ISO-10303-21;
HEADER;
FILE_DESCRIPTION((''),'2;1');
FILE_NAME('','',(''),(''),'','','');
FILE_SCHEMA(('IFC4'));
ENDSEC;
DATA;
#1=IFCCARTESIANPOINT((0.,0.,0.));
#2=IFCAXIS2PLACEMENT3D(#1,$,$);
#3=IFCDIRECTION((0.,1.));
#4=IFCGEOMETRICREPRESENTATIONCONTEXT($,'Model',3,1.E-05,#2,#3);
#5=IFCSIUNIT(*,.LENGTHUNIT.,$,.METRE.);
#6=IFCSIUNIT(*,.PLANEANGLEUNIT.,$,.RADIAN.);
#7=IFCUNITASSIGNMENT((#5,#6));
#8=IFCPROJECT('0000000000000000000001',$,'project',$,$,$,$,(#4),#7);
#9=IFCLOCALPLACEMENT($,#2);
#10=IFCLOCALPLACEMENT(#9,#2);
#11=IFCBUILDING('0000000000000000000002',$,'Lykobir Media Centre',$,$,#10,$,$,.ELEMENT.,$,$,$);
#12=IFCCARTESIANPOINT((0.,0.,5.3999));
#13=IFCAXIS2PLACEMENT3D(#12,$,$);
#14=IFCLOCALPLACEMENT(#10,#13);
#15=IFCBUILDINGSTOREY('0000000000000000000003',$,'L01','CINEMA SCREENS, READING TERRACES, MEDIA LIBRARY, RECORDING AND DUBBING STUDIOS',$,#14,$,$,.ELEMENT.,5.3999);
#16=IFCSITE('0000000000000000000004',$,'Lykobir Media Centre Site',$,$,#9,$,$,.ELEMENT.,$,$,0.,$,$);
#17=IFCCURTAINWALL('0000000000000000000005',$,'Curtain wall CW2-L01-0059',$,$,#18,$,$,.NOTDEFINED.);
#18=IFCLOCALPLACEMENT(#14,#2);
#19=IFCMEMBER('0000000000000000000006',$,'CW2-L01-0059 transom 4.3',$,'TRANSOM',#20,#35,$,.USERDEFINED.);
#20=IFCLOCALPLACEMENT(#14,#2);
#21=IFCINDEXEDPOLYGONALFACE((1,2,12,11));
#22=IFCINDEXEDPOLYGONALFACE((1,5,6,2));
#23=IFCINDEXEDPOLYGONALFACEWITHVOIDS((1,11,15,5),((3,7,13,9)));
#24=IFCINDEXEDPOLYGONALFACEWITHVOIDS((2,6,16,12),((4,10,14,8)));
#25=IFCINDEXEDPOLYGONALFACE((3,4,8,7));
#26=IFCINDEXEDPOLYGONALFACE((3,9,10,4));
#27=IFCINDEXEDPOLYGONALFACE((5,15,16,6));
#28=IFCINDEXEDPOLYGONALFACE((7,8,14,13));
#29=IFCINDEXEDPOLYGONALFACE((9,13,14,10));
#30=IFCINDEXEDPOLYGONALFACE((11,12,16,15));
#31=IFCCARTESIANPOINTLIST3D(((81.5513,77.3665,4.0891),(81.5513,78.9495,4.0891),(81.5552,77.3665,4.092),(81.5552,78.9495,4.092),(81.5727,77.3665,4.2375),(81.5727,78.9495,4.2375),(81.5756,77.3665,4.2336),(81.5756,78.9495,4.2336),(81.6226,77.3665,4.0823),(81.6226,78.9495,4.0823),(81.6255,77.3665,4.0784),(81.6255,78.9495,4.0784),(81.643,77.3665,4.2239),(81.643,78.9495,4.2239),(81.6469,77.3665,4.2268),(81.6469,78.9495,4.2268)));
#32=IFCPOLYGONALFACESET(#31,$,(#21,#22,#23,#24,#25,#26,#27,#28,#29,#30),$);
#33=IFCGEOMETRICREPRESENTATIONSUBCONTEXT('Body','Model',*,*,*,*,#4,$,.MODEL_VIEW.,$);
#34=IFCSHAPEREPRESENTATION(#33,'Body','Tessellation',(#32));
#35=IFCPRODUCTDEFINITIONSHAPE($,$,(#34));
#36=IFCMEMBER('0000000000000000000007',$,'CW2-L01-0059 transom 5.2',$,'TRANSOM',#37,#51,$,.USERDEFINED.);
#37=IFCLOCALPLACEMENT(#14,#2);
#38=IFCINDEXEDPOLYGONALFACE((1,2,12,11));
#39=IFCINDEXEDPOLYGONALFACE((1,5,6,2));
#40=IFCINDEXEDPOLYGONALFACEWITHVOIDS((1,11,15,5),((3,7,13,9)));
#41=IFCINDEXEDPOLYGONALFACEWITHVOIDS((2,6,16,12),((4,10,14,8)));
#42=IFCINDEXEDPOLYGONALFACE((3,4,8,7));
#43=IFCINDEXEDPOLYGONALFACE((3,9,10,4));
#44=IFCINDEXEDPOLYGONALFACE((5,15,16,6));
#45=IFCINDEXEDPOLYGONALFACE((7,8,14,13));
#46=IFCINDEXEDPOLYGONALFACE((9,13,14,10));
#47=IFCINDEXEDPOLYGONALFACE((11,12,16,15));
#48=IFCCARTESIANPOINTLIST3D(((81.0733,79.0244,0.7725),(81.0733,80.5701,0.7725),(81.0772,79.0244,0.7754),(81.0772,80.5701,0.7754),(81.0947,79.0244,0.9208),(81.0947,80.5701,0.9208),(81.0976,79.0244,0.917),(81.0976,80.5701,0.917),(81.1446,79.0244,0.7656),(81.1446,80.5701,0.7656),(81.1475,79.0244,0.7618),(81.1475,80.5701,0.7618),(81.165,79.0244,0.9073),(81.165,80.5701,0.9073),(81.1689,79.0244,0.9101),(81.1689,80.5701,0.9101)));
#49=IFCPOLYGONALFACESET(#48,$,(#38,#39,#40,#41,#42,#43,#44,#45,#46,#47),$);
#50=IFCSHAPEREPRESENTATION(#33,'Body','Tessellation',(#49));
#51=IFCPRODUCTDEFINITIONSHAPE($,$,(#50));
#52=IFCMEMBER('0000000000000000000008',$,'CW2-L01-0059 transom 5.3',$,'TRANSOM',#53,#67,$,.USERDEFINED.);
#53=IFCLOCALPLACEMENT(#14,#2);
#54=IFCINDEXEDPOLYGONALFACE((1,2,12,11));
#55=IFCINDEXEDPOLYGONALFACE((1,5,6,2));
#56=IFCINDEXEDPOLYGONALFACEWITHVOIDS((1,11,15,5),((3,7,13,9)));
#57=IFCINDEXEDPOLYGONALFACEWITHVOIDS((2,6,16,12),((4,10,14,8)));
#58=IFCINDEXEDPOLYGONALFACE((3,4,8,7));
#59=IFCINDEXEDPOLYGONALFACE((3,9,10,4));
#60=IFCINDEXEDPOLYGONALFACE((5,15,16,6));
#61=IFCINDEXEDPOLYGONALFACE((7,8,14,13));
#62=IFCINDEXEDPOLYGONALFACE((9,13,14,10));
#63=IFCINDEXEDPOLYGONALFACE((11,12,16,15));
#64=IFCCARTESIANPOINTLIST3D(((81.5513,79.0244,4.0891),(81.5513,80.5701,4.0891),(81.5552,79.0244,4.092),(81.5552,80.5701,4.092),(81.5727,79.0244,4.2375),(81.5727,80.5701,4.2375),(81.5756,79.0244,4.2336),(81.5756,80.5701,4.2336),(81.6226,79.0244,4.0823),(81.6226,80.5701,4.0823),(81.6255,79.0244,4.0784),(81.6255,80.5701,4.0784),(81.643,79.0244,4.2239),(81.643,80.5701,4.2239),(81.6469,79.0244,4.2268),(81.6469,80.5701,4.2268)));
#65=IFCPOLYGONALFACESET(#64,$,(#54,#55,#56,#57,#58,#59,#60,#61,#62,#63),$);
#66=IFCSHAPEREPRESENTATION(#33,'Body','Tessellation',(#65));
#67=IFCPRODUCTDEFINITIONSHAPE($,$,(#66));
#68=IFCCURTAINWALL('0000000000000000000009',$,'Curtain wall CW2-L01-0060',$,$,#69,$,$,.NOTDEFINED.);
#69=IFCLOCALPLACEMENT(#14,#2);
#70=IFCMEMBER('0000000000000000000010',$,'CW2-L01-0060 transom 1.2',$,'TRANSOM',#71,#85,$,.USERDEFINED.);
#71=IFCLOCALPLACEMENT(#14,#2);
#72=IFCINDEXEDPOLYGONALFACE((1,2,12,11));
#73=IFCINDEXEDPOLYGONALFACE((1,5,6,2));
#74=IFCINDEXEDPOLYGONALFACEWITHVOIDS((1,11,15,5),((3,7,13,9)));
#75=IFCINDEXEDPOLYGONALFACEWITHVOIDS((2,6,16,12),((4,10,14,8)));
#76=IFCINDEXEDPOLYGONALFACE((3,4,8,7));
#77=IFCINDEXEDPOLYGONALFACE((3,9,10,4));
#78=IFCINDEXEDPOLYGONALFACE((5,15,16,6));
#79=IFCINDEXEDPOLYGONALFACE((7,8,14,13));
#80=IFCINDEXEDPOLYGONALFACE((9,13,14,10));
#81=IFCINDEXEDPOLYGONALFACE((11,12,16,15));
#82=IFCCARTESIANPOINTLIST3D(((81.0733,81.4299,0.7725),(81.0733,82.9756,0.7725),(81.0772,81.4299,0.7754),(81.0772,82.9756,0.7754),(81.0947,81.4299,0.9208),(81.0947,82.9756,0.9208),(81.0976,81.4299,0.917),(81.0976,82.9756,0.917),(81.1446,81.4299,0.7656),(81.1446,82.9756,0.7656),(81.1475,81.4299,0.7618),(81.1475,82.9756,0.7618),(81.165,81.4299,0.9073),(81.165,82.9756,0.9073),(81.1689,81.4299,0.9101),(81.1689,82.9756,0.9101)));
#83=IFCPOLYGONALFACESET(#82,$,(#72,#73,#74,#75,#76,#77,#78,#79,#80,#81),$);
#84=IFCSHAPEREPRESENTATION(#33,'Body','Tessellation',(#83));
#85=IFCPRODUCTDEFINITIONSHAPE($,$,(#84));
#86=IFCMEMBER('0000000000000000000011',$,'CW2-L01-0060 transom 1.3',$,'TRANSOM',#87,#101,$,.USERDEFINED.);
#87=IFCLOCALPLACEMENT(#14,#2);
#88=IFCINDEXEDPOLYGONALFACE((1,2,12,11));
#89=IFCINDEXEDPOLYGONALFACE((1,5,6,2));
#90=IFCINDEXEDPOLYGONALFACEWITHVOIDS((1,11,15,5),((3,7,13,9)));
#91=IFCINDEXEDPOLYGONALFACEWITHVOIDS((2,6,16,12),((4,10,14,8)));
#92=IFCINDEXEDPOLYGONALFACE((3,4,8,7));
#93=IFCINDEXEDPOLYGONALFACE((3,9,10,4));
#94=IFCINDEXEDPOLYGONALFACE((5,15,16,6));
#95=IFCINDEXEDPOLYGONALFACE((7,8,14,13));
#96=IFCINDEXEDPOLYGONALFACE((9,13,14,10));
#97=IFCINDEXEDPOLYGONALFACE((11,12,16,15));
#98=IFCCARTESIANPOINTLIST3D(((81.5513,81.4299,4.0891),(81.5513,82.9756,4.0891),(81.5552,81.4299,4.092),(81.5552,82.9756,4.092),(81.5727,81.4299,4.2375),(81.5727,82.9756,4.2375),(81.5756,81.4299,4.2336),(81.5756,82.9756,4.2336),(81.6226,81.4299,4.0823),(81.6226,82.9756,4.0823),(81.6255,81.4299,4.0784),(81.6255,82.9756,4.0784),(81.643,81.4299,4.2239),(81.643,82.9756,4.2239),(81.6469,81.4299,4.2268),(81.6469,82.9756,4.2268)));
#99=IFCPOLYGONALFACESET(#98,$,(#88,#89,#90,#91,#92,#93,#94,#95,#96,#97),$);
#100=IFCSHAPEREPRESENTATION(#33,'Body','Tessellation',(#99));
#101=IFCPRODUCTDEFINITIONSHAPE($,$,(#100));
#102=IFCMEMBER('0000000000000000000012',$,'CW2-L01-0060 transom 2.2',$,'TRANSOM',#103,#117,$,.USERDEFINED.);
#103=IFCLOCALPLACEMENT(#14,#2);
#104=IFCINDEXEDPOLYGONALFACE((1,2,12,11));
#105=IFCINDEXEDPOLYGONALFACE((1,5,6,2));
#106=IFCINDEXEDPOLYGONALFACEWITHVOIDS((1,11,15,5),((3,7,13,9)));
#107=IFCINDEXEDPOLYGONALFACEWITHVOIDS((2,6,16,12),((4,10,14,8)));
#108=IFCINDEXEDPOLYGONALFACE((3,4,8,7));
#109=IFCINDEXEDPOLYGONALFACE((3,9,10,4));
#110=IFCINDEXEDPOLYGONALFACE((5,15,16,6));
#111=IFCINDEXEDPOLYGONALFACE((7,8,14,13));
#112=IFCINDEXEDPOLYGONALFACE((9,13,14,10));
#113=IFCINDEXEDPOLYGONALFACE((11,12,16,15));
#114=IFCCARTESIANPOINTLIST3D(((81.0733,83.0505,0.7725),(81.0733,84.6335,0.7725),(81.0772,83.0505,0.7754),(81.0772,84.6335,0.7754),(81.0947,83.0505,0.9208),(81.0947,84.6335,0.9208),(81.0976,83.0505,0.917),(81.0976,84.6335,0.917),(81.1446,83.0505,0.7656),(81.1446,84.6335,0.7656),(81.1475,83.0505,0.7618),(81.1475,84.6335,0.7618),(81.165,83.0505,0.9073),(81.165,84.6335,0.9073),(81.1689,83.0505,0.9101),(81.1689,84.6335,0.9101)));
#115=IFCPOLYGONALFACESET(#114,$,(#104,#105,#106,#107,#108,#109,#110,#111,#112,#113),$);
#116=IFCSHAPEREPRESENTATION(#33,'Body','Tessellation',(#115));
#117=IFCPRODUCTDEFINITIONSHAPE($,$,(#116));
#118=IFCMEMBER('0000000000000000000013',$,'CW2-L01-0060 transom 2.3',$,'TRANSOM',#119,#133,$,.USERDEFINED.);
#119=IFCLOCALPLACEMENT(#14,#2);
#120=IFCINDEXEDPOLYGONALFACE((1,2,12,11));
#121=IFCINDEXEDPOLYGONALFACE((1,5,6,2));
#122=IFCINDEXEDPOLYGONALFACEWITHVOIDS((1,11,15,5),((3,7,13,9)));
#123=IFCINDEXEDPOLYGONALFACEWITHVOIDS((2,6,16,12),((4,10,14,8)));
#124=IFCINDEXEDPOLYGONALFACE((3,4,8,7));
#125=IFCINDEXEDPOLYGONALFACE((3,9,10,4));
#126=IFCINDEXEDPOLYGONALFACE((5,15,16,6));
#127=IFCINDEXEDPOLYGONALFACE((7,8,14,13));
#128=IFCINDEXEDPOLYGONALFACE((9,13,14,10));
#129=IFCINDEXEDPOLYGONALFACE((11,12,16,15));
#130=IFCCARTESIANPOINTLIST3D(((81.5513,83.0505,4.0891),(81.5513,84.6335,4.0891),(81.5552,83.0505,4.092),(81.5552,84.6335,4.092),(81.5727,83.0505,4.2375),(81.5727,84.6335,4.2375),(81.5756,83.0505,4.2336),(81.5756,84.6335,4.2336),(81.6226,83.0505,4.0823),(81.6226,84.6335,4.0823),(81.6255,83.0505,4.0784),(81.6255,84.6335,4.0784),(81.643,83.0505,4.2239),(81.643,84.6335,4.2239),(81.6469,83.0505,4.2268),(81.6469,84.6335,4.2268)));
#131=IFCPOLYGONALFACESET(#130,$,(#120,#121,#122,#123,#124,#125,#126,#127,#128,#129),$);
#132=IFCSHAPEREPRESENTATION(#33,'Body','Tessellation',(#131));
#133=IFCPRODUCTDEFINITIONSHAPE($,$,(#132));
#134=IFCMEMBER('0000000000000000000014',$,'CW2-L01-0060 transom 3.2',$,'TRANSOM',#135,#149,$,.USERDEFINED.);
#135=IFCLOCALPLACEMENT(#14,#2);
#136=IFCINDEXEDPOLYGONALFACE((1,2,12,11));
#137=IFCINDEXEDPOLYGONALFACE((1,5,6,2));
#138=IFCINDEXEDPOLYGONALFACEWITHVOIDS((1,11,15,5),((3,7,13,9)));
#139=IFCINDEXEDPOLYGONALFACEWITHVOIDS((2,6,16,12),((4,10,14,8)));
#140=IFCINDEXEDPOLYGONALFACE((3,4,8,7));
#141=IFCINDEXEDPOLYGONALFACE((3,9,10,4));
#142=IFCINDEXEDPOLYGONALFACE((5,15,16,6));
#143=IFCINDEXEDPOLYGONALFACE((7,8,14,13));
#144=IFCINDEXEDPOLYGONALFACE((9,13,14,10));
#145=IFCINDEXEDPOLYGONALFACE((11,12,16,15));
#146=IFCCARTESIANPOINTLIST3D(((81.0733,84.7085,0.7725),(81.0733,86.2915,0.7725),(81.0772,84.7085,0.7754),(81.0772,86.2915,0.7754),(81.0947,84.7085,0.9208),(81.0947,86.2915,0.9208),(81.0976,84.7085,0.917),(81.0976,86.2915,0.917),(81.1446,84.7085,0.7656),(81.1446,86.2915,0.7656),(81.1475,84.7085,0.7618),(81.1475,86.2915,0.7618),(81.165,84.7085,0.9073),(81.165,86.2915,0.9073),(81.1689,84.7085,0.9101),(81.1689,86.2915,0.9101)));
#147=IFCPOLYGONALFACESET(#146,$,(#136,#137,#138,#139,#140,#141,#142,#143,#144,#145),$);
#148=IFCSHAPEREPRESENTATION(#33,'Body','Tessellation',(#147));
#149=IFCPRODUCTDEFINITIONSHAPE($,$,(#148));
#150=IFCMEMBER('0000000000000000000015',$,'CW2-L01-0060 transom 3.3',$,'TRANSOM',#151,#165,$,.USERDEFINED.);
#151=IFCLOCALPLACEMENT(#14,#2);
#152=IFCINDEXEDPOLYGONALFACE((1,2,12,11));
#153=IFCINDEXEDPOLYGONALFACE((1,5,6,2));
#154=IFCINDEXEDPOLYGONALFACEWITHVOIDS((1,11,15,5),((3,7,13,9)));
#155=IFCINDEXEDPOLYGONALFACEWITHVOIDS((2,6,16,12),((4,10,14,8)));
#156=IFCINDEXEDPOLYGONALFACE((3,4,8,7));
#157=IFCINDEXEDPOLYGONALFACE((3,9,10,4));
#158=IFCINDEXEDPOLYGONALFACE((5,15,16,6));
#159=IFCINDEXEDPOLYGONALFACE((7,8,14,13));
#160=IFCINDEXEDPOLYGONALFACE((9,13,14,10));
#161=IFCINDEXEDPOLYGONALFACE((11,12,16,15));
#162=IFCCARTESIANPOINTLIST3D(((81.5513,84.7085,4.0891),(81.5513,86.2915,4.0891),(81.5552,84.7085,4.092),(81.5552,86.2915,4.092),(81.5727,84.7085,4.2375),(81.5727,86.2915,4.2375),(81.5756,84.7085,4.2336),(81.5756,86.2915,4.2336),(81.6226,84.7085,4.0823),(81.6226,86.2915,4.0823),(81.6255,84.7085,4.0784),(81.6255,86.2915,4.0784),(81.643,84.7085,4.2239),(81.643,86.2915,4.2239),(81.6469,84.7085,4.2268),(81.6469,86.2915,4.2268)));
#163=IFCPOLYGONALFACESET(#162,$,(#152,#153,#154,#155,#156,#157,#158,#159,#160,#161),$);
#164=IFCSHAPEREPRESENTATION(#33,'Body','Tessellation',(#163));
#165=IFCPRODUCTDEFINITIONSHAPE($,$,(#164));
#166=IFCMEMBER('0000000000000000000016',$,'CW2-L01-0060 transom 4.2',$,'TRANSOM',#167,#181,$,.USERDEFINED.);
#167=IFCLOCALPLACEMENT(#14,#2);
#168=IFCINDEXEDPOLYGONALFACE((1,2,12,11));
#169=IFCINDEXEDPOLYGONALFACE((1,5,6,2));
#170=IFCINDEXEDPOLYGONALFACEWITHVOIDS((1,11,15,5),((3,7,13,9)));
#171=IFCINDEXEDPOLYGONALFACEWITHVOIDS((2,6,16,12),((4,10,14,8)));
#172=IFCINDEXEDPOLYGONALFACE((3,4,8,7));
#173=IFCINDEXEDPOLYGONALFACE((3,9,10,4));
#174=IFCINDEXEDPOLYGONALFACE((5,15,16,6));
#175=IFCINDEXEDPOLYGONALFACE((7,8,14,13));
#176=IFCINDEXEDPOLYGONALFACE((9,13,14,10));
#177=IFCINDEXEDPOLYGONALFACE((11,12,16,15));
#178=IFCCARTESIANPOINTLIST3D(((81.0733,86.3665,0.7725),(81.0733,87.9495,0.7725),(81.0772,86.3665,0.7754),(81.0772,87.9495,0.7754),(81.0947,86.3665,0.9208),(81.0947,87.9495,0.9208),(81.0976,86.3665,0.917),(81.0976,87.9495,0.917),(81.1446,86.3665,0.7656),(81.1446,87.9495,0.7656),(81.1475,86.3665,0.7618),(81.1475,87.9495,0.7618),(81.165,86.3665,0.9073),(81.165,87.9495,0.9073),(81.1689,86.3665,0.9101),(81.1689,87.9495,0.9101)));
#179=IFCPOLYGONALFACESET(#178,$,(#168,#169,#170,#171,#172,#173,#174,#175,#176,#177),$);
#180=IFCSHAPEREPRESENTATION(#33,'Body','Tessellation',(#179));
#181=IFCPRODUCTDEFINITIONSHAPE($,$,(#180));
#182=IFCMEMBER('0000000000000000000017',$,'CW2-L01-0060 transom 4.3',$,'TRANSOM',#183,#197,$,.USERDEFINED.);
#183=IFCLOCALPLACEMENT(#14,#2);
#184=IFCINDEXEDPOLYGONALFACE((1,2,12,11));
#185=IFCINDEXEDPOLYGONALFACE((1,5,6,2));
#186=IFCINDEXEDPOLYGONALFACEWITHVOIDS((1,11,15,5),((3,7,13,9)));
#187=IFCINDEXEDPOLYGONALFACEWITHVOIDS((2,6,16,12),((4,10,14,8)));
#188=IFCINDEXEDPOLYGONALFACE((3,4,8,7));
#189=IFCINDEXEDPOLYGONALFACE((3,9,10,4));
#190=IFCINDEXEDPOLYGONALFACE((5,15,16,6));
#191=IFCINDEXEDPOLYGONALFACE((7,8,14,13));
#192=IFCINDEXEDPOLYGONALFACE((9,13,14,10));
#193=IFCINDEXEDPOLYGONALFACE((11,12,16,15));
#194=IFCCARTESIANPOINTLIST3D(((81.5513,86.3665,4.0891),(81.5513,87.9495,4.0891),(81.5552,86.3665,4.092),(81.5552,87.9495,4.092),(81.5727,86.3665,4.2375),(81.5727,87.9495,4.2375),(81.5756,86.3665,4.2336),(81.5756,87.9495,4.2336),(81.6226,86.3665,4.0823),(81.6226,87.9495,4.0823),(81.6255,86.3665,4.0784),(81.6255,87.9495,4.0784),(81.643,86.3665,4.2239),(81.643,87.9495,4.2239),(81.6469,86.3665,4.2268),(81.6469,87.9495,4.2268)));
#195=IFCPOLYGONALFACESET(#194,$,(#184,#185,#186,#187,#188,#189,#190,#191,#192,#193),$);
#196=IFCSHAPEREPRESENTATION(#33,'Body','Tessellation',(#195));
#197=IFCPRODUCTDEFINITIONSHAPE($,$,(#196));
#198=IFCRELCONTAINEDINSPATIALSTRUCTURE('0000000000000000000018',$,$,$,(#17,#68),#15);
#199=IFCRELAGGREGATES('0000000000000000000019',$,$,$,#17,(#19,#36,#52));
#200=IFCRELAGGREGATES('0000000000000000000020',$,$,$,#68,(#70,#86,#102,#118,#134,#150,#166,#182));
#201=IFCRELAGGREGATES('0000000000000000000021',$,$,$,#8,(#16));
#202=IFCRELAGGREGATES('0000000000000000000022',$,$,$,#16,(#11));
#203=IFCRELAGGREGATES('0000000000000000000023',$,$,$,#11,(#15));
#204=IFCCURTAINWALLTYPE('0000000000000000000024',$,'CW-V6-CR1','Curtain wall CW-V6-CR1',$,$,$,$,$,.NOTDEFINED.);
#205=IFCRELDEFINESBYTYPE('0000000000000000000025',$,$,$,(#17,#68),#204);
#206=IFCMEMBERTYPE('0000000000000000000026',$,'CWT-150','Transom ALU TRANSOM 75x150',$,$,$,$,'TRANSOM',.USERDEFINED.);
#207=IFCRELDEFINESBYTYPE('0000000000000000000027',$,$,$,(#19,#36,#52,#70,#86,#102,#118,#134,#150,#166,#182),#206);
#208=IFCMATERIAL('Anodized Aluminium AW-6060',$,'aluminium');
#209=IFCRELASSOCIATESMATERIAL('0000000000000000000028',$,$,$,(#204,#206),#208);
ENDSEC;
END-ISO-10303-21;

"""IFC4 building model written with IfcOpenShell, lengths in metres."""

from ifc_helpers import new_model, si_unit, direction, frame, origin, origin_2d, place, context, subcontext, project, spatial, hollow_rectangle, extrude, material, material_profile, profile_set, type_object, element, aggregate, save


model = new_model("IFC4")

# Units and contexts
model_context = context("Model", 3, precision=1e-05, world=origin(), true_north=direction((0.0, 1.0)))
body_context = subcontext(model_context, "Body", "Model", "MODEL_VIEW")
ifc_project = project(units=[si_unit("LENGTHUNIT", "METRE"), si_unit("PLANEANGLEUNIT", "RADIAN")], contexts=[model_context])

# Site, building, storey
site_placement = place(None, origin())
site = spatial("IfcSite", under=ifc_project, at=site_placement, Name="Lykobir Media Centre Site", CompositionType="ELEMENT", RefElevation=0.0)
building_placement = place(site_placement, origin())
building = spatial("IfcBuilding", under=site, at=building_placement, Name="Lykobir Media Centre", CompositionType="ELEMENT")
storey_placement = place(building_placement, frame((0.0, 0.0, 5.3999)))
storey = spatial("IfcBuildingStorey", under=building, at=storey_placement, Name="L01", Description="CINEMA SCREENS, READING TERRACES, MEDIA LIBRARY, RECORDING AND DUBBING STUDIOS", CompositionType="ELEMENT", Elevation=5.3999)

# Curtain walls, members
ifc_material_1 = material(Name="Anodized Aluminium AW-6060", Category="aluminium")
curtain_wall_type = type_object("IfcCurtainWallType", Name="CW-V6-CR1", Description="Curtain wall CW-V6-CR1", PredefinedType="NOTDEFINED", material=ifc_material_1)
curtain_wall_1_placement = place(storey_placement, origin())
curtain_wall_1 = element("IfcCurtainWall", 1, at=curtain_wall_1_placement, inside=storey, type_object=curtain_wall_type, Name="Curtain wall CW2-L01-0059", PredefinedType="NOTDEFINED")
ifc_material_profile = material_profile(ifc_material_1, hollow_rectangle(XDim=0.075, YDim=0.1499, WallThickness=0.0034, at=origin_2d()), Name="ALU TRANSOM 75x150")
ifc_profile_set = profile_set([ifc_material_profile], Name="Anodized Aluminium AW-6060")
member_type = type_object("IfcMemberType", Name="CWT-150", Description="Transom ALU TRANSOM 75x150", ElementType="TRANSOM", PredefinedType="USERDEFINED", material=ifc_profile_set)
member_1_placement = place(storey_placement, frame((81.5991, 77.3665, 4.158), z_axis=(0.0, 1.0, 0.0), x_axis=(-0.989776, 0.0, 0.142629)))
member_1 = element("IfcMember", 2, at=member_1_placement, type_object=member_type, Name="CW2-L01-0059 transom 4.3", ObjectType="TRANSOM", PredefinedType="USERDEFINED", context=body_context, shape_type="SweptSolid", body=[
    extrude(hollow_rectangle(XDim=0.075, YDim=0.1499, WallThickness=0.0034, at=origin_2d()), origin(), (0.0, 0.0, 1.0), 1.583),
])
member_2_placement = place(storey_placement, frame((81.1211, 79.0244, 0.8413), z_axis=(0.0, 1.0, 0.0), x_axis=(-0.989776, 0.0, 0.142629)))
member_2 = element("IfcMember", 3, at=member_2_placement, type_object=member_type, Name="CW2-L01-0059 transom 5.2", ObjectType="TRANSOM", PredefinedType="USERDEFINED", context=body_context, shape_type="SweptSolid", body=[
    extrude(hollow_rectangle(XDim=0.075, YDim=0.1499, WallThickness=0.0034, at=origin_2d()), origin(), (0.0, 0.0, 1.0), 1.5457),
])
member_3_placement = place(storey_placement, frame((81.5991, 79.0244, 4.158), z_axis=(0.0, 1.0, 0.0), x_axis=(-0.989776, 0.0, 0.142629)))
member_3 = element("IfcMember", 4, at=member_3_placement, type_object=member_type, Name="CW2-L01-0059 transom 5.3", ObjectType="TRANSOM", PredefinedType="USERDEFINED", context=body_context, shape_type="SweptSolid", body=[
    extrude(hollow_rectangle(XDim=0.075, YDim=0.1499, WallThickness=0.0034, at=origin_2d()), origin(), (0.0, 0.0, 1.0), 1.5457),
])
curtain_wall_2_placement = place(storey_placement, origin())
curtain_wall_2 = element("IfcCurtainWall", 5, at=curtain_wall_2_placement, inside=storey, type_object=curtain_wall_type, Name="Curtain wall CW2-L01-0060", PredefinedType="NOTDEFINED")
member_4_placement = place(storey_placement, frame((81.1211, 81.4299, 0.8413), z_axis=(0.0, 1.0, 0.0), x_axis=(-0.989776, 0.0, 0.142629)))
member_4 = element("IfcMember", 6, at=member_4_placement, type_object=member_type, Name="CW2-L01-0060 transom 1.2", ObjectType="TRANSOM", PredefinedType="USERDEFINED", context=body_context, shape_type="SweptSolid", body=[
    extrude(hollow_rectangle(XDim=0.075, YDim=0.1499, WallThickness=0.0034, at=origin_2d()), origin(), (0.0, 0.0, 1.0), 1.5457),
])
member_5_placement = place(storey_placement, frame((81.5991, 81.4299, 4.158), z_axis=(0.0, 1.0, 0.0), x_axis=(-0.989776, 0.0, 0.142629)))
member_5 = element("IfcMember", 7, at=member_5_placement, type_object=member_type, Name="CW2-L01-0060 transom 1.3", ObjectType="TRANSOM", PredefinedType="USERDEFINED", context=body_context, shape_type="SweptSolid", body=[
    extrude(hollow_rectangle(XDim=0.075, YDim=0.1499, WallThickness=0.0034, at=origin_2d()), origin(), (0.0, 0.0, 1.0), 1.5457),
])
member_6_placement = place(storey_placement, frame((81.1211, 83.0505, 0.8413), z_axis=(0.0, 1.0, 0.0), x_axis=(-0.989776, 0.0, 0.142629)))
member_6 = element("IfcMember", 8, at=member_6_placement, type_object=member_type, Name="CW2-L01-0060 transom 2.2", ObjectType="TRANSOM", PredefinedType="USERDEFINED", context=body_context, shape_type="SweptSolid", body=[
    extrude(hollow_rectangle(XDim=0.075, YDim=0.1499, WallThickness=0.0034, at=origin_2d()), origin(), (0.0, 0.0, 1.0), 1.583),
])
member_7_placement = place(storey_placement, frame((81.5991, 83.0505, 4.158), z_axis=(0.0, 1.0, 0.0), x_axis=(-0.989776, 0.0, 0.142629)))
member_7 = element("IfcMember", 9, at=member_7_placement, type_object=member_type, Name="CW2-L01-0060 transom 2.3", ObjectType="TRANSOM", PredefinedType="USERDEFINED", context=body_context, shape_type="SweptSolid", body=[
    extrude(hollow_rectangle(XDim=0.075, YDim=0.1499, WallThickness=0.0034, at=origin_2d()), origin(), (0.0, 0.0, 1.0), 1.583),
])
member_8_placement = place(storey_placement, frame((81.1211, 84.7085, 0.8413), z_axis=(0.0, 1.0, 0.0), x_axis=(-0.989776, 0.0, 0.142629)))
member_8 = element("IfcMember", 10, at=member_8_placement, type_object=member_type, Name="CW2-L01-0060 transom 3.2", ObjectType="TRANSOM", PredefinedType="USERDEFINED", context=body_context, shape_type="SweptSolid", body=[
    extrude(hollow_rectangle(XDim=0.075, YDim=0.1499, WallThickness=0.0034, at=origin_2d()), origin(), (0.0, 0.0, 1.0), 1.583),
])
member_9_placement = place(storey_placement, frame((81.5991, 84.7085, 4.158), z_axis=(0.0, 1.0, 0.0), x_axis=(-0.989776, 0.0, 0.142629)))
member_9 = element("IfcMember", 11, at=member_9_placement, type_object=member_type, Name="CW2-L01-0060 transom 3.3", ObjectType="TRANSOM", PredefinedType="USERDEFINED", context=body_context, shape_type="SweptSolid", body=[
    extrude(hollow_rectangle(XDim=0.075, YDim=0.1499, WallThickness=0.0034, at=origin_2d()), origin(), (0.0, 0.0, 1.0), 1.583),
])
member_10_placement = place(storey_placement, frame((81.1211, 86.3665, 0.8413), z_axis=(0.0, 1.0, 0.0), x_axis=(-0.989776, 0.0, 0.142629)))
member_10 = element("IfcMember", 12, at=member_10_placement, type_object=member_type, Name="CW2-L01-0060 transom 4.2", ObjectType="TRANSOM", PredefinedType="USERDEFINED", context=body_context, shape_type="SweptSolid", body=[
    extrude(hollow_rectangle(XDim=0.075, YDim=0.1499, WallThickness=0.0034, at=origin_2d()), origin(), (0.0, 0.0, 1.0), 1.583),
])
member_11_placement = place(storey_placement, frame((81.5991, 86.3665, 4.158), z_axis=(0.0, 1.0, 0.0), x_axis=(-0.989776, 0.0, 0.142629)))
member_11 = element("IfcMember", 13, at=member_11_placement, type_object=member_type, Name="CW2-L01-0060 transom 4.3", ObjectType="TRANSOM", PredefinedType="USERDEFINED", context=body_context, shape_type="SweptSolid", body=[
    extrude(hollow_rectangle(XDim=0.075, YDim=0.1499, WallThickness=0.0034, at=origin_2d()), origin(), (0.0, 0.0, 1.0), 1.583),
])

aggregate(curtain_wall_1, [member_1, member_2, member_3])
aggregate(curtain_wall_2, [member_4, member_5, member_6, member_7, member_8, member_9, member_10, member_11])

save(model, "model.ifc")
